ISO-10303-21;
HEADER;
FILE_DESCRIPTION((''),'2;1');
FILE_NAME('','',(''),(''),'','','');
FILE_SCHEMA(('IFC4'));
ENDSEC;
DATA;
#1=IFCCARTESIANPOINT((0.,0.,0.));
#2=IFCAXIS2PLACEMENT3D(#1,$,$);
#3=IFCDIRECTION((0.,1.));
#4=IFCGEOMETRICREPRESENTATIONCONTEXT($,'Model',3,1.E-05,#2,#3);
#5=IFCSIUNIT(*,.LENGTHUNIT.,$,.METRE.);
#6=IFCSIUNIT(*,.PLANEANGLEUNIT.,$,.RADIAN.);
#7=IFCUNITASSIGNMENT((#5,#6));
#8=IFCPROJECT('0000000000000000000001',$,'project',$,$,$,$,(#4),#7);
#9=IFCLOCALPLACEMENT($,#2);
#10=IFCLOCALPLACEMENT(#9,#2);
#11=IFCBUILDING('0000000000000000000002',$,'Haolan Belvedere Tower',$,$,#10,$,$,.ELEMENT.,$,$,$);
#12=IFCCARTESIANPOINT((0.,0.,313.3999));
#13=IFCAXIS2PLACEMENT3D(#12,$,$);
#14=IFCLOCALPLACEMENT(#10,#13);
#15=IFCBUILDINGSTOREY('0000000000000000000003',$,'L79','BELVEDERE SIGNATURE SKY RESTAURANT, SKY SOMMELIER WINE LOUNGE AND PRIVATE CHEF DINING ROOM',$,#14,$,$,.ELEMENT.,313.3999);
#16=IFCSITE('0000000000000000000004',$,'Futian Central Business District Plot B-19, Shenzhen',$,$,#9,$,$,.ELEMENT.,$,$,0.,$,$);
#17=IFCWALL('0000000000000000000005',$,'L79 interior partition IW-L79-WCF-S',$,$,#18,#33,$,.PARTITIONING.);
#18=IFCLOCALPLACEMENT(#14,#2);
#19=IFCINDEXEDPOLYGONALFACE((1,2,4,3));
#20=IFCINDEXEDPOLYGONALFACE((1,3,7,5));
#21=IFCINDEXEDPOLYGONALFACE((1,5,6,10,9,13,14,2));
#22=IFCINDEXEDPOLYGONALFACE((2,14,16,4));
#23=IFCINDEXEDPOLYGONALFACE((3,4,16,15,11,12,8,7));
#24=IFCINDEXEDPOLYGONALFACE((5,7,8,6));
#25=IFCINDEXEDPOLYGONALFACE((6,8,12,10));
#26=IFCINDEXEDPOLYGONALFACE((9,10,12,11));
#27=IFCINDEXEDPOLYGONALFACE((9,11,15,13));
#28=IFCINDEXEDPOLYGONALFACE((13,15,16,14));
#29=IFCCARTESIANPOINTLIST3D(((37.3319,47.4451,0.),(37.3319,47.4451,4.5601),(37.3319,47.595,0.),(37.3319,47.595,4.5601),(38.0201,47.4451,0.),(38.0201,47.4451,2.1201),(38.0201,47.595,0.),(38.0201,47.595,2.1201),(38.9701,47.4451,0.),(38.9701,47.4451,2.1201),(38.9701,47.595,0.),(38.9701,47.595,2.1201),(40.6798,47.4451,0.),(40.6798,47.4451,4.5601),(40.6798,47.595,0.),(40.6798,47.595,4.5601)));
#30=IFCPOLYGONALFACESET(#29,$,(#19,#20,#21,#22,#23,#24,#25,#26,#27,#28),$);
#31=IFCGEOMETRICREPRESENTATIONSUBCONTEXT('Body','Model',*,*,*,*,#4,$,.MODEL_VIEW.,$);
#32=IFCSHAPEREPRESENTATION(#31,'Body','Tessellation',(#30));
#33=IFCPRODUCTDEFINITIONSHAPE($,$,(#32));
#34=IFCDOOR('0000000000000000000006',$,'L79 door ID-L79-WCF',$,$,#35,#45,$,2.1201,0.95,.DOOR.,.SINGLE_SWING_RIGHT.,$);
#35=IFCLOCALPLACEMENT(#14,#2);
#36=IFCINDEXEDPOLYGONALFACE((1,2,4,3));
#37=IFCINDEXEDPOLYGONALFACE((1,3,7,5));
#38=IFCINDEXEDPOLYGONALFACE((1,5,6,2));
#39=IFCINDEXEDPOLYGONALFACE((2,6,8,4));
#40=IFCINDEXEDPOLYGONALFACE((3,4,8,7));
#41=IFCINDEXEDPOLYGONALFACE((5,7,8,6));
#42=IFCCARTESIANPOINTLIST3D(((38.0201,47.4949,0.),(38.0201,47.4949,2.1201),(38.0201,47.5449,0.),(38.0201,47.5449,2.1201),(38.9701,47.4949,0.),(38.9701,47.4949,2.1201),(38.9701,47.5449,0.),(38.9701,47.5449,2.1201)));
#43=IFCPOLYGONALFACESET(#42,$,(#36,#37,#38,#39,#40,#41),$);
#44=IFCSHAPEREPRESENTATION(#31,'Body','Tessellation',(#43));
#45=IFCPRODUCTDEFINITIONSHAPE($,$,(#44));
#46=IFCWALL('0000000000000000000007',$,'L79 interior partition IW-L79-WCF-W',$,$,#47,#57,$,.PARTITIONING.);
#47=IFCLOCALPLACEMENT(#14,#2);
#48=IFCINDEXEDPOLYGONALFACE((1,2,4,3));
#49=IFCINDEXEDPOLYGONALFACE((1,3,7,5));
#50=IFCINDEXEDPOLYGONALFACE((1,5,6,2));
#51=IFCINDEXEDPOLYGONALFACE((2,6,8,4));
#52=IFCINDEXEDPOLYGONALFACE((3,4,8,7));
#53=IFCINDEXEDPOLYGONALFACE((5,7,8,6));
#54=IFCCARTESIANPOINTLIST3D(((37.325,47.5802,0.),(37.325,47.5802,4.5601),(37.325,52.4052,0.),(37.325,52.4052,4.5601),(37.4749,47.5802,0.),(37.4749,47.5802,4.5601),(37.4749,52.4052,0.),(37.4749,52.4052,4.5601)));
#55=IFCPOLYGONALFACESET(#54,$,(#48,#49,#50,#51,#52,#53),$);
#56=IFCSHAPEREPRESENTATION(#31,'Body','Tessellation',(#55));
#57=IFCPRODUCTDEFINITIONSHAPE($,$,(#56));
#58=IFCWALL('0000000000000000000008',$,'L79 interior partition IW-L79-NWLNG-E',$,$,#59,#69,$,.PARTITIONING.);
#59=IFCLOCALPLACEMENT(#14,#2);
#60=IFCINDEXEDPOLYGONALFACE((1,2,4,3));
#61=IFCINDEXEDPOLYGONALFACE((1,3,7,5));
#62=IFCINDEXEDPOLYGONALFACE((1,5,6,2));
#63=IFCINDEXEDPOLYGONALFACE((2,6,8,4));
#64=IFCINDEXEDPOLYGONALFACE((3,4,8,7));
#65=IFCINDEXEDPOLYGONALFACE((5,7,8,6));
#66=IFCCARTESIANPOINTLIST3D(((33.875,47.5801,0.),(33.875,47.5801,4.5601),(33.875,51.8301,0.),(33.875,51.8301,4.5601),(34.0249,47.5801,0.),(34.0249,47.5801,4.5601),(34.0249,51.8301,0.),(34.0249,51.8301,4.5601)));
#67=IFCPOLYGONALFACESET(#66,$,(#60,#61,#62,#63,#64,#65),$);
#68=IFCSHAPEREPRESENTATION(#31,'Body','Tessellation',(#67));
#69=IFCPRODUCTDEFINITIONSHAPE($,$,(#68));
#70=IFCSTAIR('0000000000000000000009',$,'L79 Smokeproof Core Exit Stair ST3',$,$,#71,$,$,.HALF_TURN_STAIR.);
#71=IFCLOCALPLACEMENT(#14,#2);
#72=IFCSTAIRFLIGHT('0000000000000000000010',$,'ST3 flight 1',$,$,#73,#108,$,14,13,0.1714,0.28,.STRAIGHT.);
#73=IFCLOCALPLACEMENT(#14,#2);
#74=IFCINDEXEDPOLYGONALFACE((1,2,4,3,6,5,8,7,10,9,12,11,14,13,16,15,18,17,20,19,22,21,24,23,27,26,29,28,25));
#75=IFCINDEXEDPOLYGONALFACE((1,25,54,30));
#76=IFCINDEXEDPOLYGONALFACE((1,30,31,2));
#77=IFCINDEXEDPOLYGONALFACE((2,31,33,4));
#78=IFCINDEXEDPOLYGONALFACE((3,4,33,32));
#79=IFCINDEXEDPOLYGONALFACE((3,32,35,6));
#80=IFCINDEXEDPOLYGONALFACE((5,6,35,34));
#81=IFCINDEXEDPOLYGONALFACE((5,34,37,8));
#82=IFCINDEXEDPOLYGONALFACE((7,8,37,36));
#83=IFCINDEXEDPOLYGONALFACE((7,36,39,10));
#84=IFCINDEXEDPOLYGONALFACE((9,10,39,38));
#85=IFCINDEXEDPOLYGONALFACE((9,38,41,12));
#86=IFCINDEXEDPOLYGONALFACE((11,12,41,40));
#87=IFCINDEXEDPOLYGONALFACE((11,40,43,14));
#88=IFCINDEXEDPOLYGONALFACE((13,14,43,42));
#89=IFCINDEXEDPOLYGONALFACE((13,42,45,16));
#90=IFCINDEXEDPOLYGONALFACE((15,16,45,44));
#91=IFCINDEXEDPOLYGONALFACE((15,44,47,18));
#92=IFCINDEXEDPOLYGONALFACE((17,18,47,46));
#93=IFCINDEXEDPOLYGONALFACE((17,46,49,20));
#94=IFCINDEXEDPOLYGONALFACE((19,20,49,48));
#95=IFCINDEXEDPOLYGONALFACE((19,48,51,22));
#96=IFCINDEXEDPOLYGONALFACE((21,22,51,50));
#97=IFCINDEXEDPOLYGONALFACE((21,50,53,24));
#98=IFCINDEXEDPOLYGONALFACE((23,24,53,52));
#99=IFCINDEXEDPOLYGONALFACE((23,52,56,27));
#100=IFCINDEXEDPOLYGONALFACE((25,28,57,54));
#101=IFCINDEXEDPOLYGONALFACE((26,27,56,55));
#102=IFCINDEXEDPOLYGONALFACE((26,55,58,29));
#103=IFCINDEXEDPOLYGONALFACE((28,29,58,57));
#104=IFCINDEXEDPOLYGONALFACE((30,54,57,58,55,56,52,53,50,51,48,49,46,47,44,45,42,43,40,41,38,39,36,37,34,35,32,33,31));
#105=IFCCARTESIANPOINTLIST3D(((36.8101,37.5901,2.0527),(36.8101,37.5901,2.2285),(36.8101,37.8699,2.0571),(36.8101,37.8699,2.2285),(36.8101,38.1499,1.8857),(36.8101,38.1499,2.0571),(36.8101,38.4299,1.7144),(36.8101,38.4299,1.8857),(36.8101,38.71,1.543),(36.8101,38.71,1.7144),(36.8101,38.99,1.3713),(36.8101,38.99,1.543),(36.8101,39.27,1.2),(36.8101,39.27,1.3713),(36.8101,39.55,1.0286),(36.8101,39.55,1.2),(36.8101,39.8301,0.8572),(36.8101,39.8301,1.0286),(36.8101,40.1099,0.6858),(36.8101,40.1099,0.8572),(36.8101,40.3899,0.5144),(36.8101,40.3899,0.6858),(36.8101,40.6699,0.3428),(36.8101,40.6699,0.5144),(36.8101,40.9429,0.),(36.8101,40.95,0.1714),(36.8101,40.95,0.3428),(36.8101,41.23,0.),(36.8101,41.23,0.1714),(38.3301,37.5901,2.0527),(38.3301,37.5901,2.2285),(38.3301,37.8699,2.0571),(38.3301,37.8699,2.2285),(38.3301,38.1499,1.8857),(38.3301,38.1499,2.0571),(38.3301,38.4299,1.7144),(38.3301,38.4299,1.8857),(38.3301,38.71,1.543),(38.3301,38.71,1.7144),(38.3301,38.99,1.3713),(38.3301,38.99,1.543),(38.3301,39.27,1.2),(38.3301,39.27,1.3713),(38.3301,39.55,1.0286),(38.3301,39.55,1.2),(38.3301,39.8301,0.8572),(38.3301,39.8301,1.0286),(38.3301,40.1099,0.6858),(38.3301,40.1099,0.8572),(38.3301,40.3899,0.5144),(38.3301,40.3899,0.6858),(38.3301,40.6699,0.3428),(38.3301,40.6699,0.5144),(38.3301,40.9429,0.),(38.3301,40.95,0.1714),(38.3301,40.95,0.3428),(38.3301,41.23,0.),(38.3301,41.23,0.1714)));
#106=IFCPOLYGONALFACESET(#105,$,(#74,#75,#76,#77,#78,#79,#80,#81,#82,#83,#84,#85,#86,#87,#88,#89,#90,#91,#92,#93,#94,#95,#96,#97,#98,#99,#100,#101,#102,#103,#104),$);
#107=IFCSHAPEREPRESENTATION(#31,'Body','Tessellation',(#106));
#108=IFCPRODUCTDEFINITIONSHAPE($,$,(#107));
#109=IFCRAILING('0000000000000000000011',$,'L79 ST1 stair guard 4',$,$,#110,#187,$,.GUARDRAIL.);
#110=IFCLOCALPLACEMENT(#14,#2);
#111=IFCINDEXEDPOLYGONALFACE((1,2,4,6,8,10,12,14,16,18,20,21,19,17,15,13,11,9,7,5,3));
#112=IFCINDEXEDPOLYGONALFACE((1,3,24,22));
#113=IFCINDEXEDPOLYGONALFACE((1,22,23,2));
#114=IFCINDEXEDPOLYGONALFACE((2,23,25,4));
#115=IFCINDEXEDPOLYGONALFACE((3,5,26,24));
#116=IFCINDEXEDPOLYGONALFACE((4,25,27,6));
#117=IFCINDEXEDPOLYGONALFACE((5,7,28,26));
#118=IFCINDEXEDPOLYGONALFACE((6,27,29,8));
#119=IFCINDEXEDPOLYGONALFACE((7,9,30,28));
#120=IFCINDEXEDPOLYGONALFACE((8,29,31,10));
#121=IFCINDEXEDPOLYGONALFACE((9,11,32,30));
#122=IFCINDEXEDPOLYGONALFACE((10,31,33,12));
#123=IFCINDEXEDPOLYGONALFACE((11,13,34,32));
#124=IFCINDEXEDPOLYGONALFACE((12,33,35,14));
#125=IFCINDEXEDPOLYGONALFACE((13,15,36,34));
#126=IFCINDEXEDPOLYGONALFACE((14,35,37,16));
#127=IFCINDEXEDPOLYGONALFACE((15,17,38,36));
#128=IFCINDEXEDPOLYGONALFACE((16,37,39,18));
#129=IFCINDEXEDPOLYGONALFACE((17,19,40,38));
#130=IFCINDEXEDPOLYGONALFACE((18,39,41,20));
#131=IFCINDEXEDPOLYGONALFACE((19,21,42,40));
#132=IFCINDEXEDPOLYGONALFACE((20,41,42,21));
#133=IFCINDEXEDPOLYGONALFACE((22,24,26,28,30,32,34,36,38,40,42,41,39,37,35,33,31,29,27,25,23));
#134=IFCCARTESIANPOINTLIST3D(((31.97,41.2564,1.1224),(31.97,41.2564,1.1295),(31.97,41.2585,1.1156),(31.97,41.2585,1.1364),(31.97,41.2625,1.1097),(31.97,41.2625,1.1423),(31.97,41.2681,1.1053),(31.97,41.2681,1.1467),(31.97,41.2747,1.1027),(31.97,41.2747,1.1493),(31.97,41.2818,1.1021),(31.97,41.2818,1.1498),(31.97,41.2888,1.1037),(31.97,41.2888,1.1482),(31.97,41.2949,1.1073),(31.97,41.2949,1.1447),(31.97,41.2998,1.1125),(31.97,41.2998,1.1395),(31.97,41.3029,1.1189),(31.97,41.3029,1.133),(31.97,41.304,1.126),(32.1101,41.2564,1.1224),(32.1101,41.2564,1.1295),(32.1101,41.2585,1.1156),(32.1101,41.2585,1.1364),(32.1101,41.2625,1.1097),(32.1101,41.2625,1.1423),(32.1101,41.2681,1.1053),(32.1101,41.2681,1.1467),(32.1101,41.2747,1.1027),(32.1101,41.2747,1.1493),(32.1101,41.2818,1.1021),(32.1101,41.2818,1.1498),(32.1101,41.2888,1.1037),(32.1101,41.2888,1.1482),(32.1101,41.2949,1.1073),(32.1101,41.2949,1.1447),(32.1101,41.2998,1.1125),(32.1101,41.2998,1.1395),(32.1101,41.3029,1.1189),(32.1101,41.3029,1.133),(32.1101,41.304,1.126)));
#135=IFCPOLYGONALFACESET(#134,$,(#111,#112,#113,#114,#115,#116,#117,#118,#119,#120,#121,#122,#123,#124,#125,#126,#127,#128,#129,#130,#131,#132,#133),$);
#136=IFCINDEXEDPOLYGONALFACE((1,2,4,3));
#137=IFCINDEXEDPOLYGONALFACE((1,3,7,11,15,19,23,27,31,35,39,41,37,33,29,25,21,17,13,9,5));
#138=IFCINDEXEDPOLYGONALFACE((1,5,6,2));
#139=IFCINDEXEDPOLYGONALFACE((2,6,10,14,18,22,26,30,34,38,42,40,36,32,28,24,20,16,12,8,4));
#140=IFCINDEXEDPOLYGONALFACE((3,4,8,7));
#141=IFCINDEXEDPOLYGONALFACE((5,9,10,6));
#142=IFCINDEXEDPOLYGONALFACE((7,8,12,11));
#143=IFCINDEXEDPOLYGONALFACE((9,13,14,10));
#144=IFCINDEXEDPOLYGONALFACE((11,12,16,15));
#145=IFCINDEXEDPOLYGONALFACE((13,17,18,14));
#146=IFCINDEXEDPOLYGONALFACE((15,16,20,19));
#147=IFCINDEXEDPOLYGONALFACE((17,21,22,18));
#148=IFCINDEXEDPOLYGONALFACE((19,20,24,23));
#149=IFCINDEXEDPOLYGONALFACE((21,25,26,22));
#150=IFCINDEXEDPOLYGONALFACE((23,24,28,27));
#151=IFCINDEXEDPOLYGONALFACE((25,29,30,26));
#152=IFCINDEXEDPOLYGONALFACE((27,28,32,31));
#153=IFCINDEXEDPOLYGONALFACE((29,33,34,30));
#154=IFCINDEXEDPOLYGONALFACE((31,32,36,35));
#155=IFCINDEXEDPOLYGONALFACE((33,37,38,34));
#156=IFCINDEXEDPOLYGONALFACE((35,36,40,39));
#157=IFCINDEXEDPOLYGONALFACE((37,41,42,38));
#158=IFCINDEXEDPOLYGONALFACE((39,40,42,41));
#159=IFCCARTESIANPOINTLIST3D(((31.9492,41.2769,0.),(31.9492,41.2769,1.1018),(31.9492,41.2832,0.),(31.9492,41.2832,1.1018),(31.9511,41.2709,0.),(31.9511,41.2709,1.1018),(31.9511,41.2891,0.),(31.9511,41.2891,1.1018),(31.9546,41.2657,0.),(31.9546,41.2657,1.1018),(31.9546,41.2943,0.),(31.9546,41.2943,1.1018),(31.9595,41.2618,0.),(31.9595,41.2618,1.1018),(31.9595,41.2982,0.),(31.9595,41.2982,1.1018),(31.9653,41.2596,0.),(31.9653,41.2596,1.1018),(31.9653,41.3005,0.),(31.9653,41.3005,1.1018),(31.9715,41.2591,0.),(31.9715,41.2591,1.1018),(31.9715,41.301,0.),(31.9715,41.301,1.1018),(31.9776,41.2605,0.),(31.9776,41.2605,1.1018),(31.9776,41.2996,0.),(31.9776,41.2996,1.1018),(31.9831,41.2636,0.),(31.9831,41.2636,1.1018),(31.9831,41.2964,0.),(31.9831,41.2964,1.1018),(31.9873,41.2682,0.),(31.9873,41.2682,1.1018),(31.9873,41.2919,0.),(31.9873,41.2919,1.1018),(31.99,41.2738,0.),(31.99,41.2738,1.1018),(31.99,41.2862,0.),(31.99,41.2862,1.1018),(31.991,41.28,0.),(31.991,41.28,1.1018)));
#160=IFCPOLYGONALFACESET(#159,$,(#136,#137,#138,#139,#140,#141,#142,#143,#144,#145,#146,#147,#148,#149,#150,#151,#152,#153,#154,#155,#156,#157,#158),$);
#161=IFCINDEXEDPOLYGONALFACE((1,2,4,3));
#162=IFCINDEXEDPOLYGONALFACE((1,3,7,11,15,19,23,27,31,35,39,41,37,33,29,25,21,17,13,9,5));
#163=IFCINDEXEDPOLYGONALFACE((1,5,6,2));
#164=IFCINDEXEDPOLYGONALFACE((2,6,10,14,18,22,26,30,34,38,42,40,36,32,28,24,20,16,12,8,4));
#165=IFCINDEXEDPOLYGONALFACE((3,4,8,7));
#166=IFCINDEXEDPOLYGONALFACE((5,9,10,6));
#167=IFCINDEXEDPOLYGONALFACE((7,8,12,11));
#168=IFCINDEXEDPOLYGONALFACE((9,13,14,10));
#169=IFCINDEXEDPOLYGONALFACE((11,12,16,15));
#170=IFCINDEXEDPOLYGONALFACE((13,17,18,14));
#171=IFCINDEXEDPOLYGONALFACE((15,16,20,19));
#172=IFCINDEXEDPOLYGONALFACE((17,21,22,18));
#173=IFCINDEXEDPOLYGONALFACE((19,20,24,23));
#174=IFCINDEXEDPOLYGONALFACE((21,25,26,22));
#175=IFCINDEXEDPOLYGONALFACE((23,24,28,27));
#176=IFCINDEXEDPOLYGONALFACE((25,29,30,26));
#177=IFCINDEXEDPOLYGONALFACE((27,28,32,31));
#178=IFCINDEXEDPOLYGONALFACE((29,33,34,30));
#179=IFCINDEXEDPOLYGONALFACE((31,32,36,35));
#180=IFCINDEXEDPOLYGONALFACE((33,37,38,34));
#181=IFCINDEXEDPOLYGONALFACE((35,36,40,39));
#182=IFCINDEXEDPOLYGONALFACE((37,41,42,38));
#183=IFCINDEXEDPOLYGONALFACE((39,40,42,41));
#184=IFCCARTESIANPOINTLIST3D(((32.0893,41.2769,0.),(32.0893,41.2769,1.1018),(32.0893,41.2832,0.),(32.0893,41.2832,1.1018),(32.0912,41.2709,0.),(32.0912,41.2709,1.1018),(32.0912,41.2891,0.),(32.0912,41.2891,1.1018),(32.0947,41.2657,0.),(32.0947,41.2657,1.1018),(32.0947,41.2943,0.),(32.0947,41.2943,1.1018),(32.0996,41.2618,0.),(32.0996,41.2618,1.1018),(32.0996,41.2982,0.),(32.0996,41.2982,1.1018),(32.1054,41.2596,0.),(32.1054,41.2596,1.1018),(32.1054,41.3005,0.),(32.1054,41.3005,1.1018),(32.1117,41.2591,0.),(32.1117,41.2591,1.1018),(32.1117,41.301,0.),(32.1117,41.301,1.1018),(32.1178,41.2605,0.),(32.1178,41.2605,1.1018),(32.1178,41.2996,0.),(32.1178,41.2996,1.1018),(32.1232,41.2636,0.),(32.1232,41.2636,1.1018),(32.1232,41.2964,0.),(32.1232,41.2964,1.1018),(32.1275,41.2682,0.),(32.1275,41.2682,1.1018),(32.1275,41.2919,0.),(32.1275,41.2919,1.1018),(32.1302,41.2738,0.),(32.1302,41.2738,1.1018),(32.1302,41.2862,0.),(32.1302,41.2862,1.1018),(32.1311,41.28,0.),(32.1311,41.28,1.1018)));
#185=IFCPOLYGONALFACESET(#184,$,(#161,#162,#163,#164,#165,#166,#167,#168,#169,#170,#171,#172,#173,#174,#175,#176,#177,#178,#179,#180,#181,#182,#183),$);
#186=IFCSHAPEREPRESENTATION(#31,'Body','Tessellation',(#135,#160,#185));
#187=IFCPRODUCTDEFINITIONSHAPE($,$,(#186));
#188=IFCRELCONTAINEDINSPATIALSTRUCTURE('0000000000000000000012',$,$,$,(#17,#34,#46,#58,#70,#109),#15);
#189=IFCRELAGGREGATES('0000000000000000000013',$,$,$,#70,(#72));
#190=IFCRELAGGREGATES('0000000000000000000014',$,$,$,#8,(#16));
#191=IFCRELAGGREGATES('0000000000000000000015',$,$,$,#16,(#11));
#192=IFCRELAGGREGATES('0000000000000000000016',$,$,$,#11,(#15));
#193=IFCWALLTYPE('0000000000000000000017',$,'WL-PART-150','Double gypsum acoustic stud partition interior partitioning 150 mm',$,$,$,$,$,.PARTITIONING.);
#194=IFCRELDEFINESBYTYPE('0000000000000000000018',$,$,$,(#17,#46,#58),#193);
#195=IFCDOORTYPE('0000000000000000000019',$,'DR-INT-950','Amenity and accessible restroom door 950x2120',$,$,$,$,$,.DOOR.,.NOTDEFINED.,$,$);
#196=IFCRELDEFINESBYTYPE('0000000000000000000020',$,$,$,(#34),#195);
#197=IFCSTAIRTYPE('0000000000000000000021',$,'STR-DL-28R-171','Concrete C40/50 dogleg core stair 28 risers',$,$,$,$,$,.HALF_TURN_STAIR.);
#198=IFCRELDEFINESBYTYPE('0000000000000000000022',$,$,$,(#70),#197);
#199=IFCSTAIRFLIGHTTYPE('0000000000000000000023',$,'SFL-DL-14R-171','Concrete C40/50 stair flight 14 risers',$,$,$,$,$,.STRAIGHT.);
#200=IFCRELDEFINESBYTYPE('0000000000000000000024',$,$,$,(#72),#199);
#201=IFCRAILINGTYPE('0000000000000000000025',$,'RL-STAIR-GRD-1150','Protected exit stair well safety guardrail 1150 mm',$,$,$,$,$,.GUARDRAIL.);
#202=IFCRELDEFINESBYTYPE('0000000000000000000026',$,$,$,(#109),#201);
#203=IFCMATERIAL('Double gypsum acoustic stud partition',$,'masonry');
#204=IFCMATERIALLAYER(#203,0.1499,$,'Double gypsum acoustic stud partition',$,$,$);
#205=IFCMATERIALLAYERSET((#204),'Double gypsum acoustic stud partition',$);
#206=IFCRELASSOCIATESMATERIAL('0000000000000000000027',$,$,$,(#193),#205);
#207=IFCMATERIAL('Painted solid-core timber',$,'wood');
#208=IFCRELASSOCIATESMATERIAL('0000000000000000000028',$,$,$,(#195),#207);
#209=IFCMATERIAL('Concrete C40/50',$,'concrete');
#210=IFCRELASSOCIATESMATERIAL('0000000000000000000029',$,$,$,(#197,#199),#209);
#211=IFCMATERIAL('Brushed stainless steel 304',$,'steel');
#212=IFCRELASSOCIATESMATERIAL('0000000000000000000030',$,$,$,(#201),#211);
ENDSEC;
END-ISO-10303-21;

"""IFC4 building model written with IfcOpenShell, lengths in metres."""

from ifc_helpers import new_model, si_unit, direction, frame, frame_2d, origin, origin_2d, place, context, subcontext, project, spatial, polyline, rectangle, circle, outline, extrude, material, layer, layer_set, type_object, element, fill, aggregate, save


model = new_model("IFC4")

# Units and contexts
model_context = context("Model", 3, precision=1e-05, world=origin(), true_north=direction((0.0, 1.0)))
body_context = subcontext(model_context, "Body", "Model", "MODEL_VIEW")
ifc_project = project(units=[si_unit("LENGTHUNIT", "METRE"), si_unit("PLANEANGLEUNIT", "RADIAN")], contexts=[model_context])

# Site, building, storey
site_placement = place(None, origin())
site = spatial("IfcSite", under=ifc_project, at=site_placement, Name="Futian Central Business District Plot B-19, Shenzhen", CompositionType="ELEMENT", RefElevation=0.0)
building_placement = place(site_placement, origin())
building = spatial("IfcBuilding", under=site, at=building_placement, Name="Haolan Belvedere Tower", CompositionType="ELEMENT")
storey_placement = place(building_placement, frame((0.0, 0.0, 313.3999)))
storey = spatial("IfcBuildingStorey", under=building, at=storey_placement, Name="L79", Description="BELVEDERE SIGNATURE SKY RESTAURANT, SKY SOMMELIER WINE LOUNGE AND PRIVATE CHEF DINING ROOM", CompositionType="ELEMENT", Elevation=313.3999)

# Shared definitions
ifc_material_1 = material(Name="Concrete C40/50", Category="concrete")

# Shared definitions
ifc_material_2 = material(Name="Double gypsum acoustic stud partition", Category="masonry")
ifc_layer_1 = layer(ifc_material_2, 0.1499, Name="Double gypsum acoustic stud partition")
ifc_layer_set_1 = layer_set([ifc_layer_1], Name="Double gypsum acoustic stud partition")
wall_type_1 = type_object("IfcWallType", Name="WL-PART-150", Description="Double gypsum acoustic stud partition interior partitioning 150 mm", PredefinedType="PARTITIONING", material=ifc_layer_set_1)
ifc_material_3 = material(Name="Painted solid-core timber", Category="wood")
door_type_1 = type_object("IfcDoorType", Name="DR-INT-950", Description="Amenity and accessible restroom door 950x2120", OperationType="NOTDEFINED", PredefinedType="DOOR", material=ifc_material_3)

# Wall, opening, door
wall_1_placement = place(storey_placement, frame((37.332, 47.52, 0.0), z_axis=(0.0, 0.0, 1.0), x_axis=(1.0, 0.0, 0.0)))
wall_1 = element("IfcWall", 1, at=wall_1_placement, inside=storey, type_object=wall_type_1, Name="L79 interior partition IW-L79-WCF-S", PredefinedType="PARTITIONING", context=body_context, shape_type="SweptSolid", body=[
    extrude(rectangle(XDim=3.3479, YDim=0.1499, at=frame_2d((1.6738, 0.0))), origin(), (0.0, 0.0, 1.0), 4.5601),
])
opening_1_placement = place(wall_1_placement, frame((0.688, 0.0, 0.0)))
opening_1 = element("IfcOpeningElement", 2, at=opening_1_placement, cuts=wall_1, PredefinedType="OPENING", context=body_context, shape_type="SweptSolid", body=[
    extrude(rectangle(XDim=0.95, YDim=2.1201, at=frame_2d((0.4751, 1.0601))), frame((0.0, 0.085, 0.0), z_axis=(0.0, -1.0, 0.0), x_axis=(1.0, 0.0, 0.0)), (0.0, 0.0, 1.0), 0.1699),
])
door_1_placement = place(opening_1_placement, origin())
door_1 = element("IfcDoor", 3, at=door_1_placement, inside=storey, type_object=door_type_1, Name="L79 door ID-L79-WCF", OperationType="SINGLE_SWING_RIGHT", OverallHeight=2.1201, OverallWidth=0.95, PredefinedType="DOOR", context=body_context, shape_type="SweptSolid", body=[
    extrude(rectangle(XDim=0.95, YDim=2.1201, at=frame_2d((0.4751, 1.0601))), frame((0.0, 0.0249, 0.0), z_axis=(0.0, -1.0, 0.0), x_axis=(1.0, 0.0, 0.0)), (0.0, 0.0, 1.0), 0.05),
])
fill(opening_1, door_1)

# Walls
wall_2_placement = place(storey_placement, frame((37.3999, 47.5801, 0.0), z_axis=(0.0, 0.0, 1.0), x_axis=(0.0, 1.0, 0.0)))
element("IfcWall", 4, at=wall_2_placement, inside=storey, type_object=wall_type_1, Name="L79 interior partition IW-L79-WCF-W", PredefinedType="PARTITIONING", context=body_context, shape_type="SweptSolid", body=[
    extrude(rectangle(XDim=4.825, YDim=0.1499, at=frame_2d((2.4126, 0.0))), origin(), (0.0, 0.0, 1.0), 4.5601),
])
wall_3_placement = place(storey_placement, frame((33.95, 47.5801, 0.0), z_axis=(0.0, 0.0, 1.0), x_axis=(0.0, 1.0, 0.0)))
element("IfcWall", 5, at=wall_3_placement, inside=storey, type_object=wall_type_1, Name="L79 interior partition IW-L79-NWLNG-E", PredefinedType="PARTITIONING", context=body_context, shape_type="SweptSolid", body=[
    extrude(rectangle(XDim=4.25, YDim=0.1499, at=frame_2d((2.125, 0.0))), origin(), (0.0, 0.0, 1.0), 4.5601),
])

# Stair, stair flight
stair_type = type_object("IfcStairType", Name="STR-DL-28R-171", Description="Concrete C40/50 dogleg core stair 28 risers", PredefinedType="HALF_TURN_STAIR", material=ifc_material_1)
stair_placement = place(storey_placement, origin())
stair = element("IfcStair", 6, at=stair_placement, inside=storey, type_object=stair_type, Name="L79 Smokeproof Core Exit Stair ST3", PredefinedType="HALF_TURN_STAIR")
stair_flight_type = type_object("IfcStairFlightType", Name="SFL-DL-14R-171", Description="Concrete C40/50 stair flight 14 risers", PredefinedType="STRAIGHT", material=ifc_material_1)
stair_flight_placement = place(storey_placement, frame((37.5701, 41.23, 0.0), z_axis=(0.0, 0.0, 1.0), x_axis=(0.0, -1.0, 0.0)))
stair_flight = element("IfcStairFlight", 7, at=stair_flight_placement, type_object=stair_flight_type, Name="ST3 flight 1", NumberOfRisers=14, NumberOfTreads=13, PredefinedType="STRAIGHT", RiserHeight=0.1714, TreadLength=0.28, context=body_context, shape_type="SweptSolid", body=[
    extrude(outline(polyline([(0.0, 0.0), (0.0, 0.1714), (0.28, 0.1714), (0.28, 0.3428), (0.5601, 0.3428), (0.5601, 0.5144), (0.8401, 0.5144), (0.8401, 0.6858), (1.1201, 0.6858), (1.1201, 0.8572), (1.3999, 0.8572), (1.3999, 1.0286), (1.6799, 1.0286), (1.6799, 1.2), (1.96, 1.2), (1.96, 1.3713), (2.24, 1.3713), (2.24, 1.543), (2.52, 1.543), (2.52, 1.7144), (2.8, 1.7144), (2.8, 1.8857), (3.0801, 1.8857), (3.0801, 2.0571), (3.3601, 2.0571), (3.3601, 2.2285), (3.6399, 2.2285), (3.6399, 2.3999), (3.6399, 2.0527), (0.2871, 0.0), (0.0, 0.0)])), frame((0.0, 0.76, 0.0), z_axis=(0.0, -1.0, 0.0), x_axis=(1.0, 0.0, 0.0)), (0.0, 0.0, 1.0), 1.52),
])
aggregate(stair, [stair_flight])

# Railing
ifc_material_4 = material(Name="Brushed stainless steel 304", Category="steel")
railing_type = type_object("IfcRailingType", Name="RL-STAIR-GRD-1150", Description="Protected exit stair well safety guardrail 1150 mm", PredefinedType="GUARDRAIL", material=ifc_material_4)
railing_1_placement = place(storey_placement, frame((31.97, 41.28, 0.0)))
element("IfcRailing", 8, at=railing_1_placement, inside=storey, type_object=railing_type, Name="L79 ST1 stair guard 4", PredefinedType="GUARDRAIL", context=body_context, shape_type="SweptSolid", body=[
    extrude(circle(Radius=0.0239, at=origin_2d()), frame((0.0, 0.0, 1.126), z_axis=(1.0, 0.0, 0.0), x_axis=(0.0, 1.0, 0.0)), (0.0, 0.0, 1.0), 0.1401),
    extrude(circle(Radius=0.021, at=origin_2d()), origin(), (0.0, 0.0, 1.0), 1.1018),
    extrude(circle(Radius=0.021, at=origin_2d()), frame((0.1401, 0.0, 0.0)), (0.0, 0.0, 1.0), 1.1018),
])

save(model, "model.ifc")
